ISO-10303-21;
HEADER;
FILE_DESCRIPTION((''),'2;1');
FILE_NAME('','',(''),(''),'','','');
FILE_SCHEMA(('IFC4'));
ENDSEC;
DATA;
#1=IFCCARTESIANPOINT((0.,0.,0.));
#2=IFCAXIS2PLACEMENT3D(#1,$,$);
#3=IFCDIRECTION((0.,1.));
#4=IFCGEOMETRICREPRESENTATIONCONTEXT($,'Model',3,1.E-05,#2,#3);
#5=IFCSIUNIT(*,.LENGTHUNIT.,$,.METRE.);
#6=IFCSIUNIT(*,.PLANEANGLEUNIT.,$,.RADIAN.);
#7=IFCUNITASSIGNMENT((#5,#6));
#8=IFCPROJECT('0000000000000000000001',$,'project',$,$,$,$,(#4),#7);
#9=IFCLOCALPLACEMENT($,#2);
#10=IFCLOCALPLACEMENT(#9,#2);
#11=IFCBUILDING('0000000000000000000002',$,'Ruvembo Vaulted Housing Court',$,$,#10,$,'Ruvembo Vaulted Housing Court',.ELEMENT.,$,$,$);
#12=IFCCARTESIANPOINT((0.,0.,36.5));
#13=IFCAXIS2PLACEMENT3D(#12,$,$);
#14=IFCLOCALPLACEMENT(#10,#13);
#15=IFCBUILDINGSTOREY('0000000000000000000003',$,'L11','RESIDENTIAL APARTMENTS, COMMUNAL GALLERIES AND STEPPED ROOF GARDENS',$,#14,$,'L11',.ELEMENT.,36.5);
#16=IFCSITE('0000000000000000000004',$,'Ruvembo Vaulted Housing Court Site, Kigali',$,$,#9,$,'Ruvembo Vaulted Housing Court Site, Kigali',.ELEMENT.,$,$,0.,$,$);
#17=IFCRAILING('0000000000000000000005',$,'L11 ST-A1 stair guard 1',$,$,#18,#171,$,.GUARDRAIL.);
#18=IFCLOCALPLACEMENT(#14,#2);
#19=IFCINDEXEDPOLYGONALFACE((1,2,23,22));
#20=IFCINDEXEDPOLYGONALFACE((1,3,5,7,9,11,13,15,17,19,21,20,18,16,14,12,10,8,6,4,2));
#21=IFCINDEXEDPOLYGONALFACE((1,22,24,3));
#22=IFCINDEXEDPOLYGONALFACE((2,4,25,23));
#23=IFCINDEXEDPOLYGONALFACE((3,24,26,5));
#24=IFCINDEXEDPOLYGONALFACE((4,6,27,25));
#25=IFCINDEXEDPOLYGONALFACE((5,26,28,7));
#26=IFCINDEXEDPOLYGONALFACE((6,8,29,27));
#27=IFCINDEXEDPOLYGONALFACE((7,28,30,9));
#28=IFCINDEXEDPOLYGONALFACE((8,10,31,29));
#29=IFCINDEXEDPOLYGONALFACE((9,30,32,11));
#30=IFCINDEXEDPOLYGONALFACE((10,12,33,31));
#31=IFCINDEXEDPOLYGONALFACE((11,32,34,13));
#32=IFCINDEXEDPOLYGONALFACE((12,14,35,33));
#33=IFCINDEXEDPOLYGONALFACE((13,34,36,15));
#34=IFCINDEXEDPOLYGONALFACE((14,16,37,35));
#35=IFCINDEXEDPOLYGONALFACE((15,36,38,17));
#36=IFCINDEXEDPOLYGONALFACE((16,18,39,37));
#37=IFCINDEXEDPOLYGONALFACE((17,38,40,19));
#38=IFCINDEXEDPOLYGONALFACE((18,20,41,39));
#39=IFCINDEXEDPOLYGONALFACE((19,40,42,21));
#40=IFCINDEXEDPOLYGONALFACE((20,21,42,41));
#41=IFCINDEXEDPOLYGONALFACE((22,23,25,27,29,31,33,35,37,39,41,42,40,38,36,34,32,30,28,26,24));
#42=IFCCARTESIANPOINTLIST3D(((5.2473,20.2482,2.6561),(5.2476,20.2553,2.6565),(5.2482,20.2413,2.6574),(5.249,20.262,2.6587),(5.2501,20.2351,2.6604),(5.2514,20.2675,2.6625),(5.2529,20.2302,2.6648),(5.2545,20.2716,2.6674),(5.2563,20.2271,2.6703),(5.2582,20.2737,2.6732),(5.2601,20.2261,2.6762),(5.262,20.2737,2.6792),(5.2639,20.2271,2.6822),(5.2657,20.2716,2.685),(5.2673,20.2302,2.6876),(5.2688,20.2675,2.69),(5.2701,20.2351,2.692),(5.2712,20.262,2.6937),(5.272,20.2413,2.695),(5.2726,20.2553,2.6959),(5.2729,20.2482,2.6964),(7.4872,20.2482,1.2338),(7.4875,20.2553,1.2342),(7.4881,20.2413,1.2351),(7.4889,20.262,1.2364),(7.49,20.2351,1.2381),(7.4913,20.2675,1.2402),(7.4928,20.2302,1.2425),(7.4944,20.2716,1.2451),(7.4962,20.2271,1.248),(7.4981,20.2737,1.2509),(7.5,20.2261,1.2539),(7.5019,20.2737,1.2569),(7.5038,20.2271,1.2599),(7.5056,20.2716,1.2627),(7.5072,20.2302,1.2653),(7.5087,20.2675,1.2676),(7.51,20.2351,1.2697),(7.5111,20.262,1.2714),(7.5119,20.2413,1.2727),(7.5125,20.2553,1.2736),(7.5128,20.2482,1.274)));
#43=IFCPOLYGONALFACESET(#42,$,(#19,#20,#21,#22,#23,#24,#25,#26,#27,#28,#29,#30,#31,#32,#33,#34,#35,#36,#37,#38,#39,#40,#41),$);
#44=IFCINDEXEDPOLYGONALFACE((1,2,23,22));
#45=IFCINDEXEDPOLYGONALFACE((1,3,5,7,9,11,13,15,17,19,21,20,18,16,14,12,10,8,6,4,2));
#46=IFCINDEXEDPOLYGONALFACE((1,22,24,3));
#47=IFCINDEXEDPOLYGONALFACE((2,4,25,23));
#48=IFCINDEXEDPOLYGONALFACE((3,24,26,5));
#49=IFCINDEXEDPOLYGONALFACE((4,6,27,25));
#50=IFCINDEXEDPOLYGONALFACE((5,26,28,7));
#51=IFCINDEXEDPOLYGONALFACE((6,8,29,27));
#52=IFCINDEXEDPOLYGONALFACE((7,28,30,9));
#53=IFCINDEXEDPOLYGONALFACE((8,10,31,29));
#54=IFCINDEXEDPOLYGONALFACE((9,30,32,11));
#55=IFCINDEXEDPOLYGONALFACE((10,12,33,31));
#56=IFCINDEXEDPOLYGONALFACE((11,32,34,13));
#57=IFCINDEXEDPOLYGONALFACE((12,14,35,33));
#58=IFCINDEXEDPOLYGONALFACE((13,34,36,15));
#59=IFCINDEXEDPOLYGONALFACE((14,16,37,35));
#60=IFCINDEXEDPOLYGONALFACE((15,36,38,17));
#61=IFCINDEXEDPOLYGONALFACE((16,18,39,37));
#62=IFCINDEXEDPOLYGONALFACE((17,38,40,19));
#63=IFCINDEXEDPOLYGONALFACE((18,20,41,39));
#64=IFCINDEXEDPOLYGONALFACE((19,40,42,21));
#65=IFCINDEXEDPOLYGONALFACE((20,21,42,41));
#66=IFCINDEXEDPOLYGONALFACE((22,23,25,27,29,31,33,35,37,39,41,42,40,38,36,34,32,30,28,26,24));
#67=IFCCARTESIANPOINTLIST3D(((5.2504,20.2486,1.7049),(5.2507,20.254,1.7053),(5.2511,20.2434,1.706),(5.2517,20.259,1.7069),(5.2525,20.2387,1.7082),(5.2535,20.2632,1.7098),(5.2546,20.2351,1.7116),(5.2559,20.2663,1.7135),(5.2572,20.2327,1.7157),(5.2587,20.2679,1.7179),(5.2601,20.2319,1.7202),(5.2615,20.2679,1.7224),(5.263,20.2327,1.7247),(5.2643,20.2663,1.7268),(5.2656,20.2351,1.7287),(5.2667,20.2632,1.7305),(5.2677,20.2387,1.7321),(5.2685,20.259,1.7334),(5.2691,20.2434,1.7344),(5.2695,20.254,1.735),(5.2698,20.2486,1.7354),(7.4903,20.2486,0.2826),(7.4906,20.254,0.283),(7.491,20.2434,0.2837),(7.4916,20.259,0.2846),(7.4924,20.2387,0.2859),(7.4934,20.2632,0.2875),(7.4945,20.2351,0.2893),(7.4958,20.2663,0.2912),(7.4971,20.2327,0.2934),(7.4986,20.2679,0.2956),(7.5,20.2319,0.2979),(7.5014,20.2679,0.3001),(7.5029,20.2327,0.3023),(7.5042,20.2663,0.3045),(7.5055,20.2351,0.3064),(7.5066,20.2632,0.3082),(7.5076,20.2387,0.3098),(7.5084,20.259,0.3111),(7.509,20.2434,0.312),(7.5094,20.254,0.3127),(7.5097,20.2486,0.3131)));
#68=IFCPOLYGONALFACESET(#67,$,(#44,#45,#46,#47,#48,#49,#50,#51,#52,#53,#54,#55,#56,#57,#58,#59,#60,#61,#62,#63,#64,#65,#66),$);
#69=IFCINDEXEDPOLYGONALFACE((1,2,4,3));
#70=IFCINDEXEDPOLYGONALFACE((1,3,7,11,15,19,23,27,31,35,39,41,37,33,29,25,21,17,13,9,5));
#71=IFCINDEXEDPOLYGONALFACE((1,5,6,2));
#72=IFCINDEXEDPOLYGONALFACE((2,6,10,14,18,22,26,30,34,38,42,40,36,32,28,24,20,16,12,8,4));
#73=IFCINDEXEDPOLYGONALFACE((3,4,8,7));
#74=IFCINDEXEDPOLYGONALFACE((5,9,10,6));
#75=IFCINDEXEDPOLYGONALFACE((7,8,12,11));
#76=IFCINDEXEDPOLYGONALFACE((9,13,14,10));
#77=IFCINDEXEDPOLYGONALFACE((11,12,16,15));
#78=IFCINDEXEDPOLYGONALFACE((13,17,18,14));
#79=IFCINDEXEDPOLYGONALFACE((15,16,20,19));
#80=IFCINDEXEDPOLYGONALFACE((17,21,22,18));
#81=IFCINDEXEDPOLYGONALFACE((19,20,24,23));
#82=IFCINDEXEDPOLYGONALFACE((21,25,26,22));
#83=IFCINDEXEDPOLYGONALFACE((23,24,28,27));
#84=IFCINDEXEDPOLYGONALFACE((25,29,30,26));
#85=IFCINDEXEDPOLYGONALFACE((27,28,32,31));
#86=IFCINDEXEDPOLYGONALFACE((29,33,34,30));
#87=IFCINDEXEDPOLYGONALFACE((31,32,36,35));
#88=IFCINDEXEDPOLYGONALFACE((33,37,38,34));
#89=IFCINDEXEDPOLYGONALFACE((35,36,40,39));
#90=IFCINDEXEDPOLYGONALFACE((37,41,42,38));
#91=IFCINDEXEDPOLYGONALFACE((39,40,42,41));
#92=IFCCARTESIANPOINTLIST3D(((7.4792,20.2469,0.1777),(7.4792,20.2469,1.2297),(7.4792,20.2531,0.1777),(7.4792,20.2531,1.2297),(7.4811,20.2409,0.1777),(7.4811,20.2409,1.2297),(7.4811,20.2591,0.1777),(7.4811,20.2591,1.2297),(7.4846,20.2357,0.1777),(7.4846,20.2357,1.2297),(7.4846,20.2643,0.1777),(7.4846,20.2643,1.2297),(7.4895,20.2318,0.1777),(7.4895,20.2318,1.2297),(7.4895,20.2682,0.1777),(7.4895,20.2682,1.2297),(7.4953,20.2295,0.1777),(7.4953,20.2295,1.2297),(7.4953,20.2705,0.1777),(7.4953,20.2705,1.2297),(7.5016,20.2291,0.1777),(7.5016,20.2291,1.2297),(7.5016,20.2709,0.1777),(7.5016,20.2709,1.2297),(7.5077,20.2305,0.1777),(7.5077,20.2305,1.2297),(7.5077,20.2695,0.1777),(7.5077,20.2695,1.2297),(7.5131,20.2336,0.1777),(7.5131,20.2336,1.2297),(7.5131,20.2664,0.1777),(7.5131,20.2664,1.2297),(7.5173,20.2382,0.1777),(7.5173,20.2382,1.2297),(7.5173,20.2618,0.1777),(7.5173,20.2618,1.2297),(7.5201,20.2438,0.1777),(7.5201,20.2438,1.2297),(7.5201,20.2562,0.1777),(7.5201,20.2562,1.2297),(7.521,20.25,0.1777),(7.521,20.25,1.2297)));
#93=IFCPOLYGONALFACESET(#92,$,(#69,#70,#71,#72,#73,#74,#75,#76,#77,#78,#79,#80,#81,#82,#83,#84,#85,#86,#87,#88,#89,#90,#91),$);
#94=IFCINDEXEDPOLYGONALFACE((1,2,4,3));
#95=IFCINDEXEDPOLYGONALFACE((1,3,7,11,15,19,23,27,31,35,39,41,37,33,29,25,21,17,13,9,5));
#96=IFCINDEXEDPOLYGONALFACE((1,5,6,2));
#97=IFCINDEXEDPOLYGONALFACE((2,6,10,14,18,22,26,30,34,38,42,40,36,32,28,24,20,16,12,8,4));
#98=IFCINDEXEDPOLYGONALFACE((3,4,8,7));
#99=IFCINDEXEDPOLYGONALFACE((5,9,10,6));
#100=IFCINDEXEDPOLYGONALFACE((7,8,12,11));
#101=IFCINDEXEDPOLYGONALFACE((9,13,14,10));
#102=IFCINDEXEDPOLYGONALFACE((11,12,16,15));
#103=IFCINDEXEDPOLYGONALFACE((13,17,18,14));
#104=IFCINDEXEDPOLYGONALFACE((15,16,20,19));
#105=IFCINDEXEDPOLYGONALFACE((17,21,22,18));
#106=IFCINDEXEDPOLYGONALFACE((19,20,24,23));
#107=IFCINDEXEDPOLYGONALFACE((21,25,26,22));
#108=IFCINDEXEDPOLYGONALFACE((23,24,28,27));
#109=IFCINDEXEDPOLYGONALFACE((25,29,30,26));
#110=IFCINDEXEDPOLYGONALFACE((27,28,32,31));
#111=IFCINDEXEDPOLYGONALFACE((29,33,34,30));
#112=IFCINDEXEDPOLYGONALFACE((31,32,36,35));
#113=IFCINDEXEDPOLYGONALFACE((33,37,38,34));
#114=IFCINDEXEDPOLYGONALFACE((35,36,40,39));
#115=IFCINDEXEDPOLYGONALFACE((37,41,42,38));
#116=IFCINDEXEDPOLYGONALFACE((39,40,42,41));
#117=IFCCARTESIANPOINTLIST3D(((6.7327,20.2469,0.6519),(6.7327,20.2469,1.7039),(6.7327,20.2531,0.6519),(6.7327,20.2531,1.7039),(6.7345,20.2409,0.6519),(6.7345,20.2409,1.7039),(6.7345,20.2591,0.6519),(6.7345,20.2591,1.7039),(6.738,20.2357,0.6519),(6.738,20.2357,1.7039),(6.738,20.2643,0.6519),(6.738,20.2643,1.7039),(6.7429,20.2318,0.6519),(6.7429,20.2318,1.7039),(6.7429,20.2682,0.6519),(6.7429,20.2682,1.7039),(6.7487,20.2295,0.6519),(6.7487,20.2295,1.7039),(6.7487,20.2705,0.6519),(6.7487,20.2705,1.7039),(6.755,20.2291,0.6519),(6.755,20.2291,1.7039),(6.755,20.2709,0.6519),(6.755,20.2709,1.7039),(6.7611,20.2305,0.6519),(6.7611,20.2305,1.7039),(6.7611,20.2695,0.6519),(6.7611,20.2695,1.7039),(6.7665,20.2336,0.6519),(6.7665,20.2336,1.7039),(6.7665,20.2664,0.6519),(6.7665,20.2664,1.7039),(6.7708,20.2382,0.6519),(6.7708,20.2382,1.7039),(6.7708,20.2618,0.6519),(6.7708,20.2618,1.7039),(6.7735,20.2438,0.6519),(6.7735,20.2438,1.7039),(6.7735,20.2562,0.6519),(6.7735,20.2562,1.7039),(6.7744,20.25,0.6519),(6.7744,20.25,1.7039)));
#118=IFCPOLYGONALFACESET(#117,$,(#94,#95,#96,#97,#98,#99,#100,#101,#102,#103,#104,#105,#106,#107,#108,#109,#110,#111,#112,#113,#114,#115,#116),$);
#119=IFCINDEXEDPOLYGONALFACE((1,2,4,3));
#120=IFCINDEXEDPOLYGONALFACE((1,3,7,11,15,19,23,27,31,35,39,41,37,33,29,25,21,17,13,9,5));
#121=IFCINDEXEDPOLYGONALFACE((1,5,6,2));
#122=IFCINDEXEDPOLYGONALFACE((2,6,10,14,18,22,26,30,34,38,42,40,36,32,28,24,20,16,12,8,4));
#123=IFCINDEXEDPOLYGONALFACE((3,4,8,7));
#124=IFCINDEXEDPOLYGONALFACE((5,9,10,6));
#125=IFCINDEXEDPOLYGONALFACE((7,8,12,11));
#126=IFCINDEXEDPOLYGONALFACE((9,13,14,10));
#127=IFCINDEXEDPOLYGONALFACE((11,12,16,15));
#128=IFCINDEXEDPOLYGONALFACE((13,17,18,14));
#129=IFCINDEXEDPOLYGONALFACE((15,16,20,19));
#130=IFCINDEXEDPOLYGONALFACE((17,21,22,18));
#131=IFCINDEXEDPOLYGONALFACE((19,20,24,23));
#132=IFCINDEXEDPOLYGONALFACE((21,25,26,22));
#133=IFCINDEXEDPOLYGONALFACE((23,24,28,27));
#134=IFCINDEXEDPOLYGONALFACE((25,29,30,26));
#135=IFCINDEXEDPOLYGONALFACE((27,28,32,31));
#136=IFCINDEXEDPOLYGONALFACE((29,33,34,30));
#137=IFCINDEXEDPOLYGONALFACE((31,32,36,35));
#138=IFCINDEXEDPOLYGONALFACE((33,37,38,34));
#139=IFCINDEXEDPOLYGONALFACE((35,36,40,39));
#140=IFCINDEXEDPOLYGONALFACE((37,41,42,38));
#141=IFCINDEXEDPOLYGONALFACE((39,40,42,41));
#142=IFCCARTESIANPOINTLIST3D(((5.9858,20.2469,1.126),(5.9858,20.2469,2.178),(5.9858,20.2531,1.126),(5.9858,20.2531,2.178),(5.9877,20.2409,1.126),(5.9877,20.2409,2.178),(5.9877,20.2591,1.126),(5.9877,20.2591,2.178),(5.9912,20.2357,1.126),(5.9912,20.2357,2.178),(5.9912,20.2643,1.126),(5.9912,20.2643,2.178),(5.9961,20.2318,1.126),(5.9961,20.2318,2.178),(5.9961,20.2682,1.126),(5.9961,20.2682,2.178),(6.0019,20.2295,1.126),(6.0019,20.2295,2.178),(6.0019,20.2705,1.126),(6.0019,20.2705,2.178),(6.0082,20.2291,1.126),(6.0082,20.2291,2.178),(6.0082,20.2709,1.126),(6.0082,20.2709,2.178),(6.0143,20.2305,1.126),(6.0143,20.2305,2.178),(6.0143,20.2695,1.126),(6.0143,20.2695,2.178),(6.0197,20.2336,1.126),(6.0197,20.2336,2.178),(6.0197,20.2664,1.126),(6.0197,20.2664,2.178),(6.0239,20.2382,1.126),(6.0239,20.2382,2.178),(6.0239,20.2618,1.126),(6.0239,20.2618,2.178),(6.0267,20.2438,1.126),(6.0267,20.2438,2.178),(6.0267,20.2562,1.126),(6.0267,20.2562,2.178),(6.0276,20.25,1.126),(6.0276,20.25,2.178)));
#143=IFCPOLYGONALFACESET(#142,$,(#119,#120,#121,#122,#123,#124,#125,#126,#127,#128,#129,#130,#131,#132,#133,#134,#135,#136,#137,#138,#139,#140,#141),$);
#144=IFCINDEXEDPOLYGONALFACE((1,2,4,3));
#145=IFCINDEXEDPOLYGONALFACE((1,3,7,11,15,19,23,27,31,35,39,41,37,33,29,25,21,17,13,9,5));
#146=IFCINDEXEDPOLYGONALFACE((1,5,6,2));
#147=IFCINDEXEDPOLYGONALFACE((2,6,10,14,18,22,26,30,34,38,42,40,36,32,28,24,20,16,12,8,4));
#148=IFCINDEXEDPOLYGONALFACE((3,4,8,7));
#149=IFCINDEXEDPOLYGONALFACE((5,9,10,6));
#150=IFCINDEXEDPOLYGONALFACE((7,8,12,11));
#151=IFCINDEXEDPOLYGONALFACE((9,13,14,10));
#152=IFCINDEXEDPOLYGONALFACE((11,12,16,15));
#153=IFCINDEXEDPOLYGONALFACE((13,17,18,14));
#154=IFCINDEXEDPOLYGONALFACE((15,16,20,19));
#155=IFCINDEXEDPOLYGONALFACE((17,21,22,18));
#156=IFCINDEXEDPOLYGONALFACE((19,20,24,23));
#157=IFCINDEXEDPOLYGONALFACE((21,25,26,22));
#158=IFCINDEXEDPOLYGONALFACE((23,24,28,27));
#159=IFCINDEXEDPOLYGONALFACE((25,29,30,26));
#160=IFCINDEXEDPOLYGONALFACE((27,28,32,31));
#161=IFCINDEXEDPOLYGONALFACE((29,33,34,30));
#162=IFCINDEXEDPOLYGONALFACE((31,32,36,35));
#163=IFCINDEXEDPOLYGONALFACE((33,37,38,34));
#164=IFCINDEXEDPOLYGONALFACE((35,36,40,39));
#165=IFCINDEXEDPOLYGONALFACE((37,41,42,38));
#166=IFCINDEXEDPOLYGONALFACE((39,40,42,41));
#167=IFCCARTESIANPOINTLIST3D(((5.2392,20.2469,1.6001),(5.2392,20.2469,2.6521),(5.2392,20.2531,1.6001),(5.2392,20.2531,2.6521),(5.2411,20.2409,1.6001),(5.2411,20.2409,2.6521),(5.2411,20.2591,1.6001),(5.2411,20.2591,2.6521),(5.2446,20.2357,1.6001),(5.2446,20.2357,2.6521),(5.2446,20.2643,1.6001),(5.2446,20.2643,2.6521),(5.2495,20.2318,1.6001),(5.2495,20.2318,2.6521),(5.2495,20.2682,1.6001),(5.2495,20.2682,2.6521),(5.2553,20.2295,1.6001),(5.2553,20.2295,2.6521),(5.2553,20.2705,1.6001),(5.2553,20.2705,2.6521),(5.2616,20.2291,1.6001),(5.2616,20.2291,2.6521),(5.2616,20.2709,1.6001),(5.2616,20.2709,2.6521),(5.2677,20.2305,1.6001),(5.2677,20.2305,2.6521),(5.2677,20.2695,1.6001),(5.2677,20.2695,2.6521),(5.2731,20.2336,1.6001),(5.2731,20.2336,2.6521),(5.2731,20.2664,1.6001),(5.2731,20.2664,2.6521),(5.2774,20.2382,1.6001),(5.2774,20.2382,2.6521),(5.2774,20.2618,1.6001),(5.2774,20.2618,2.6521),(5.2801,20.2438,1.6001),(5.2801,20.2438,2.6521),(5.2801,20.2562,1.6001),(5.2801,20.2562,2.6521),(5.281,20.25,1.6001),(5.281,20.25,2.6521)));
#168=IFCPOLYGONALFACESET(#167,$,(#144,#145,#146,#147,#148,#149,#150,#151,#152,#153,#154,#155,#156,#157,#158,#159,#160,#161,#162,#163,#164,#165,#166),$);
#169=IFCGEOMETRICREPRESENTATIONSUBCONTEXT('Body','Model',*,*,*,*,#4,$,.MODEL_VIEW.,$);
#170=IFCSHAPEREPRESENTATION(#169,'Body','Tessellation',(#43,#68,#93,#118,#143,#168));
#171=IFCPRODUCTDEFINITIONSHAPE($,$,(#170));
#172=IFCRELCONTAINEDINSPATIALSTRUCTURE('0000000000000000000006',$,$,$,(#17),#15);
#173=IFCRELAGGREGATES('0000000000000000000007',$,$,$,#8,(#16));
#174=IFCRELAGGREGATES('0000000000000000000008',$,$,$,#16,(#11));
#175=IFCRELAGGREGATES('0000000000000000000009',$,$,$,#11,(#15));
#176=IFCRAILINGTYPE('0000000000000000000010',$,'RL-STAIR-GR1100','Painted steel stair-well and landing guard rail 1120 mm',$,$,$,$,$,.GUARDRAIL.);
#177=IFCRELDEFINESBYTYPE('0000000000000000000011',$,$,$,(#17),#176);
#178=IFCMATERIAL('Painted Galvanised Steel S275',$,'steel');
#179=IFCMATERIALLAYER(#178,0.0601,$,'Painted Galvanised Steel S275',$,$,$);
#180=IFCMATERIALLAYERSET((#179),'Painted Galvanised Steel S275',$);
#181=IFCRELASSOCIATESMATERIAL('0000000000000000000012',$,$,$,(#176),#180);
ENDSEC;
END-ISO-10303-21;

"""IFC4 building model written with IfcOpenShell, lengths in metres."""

from ifc_helpers import new_model, si_unit, direction, frame, origin, origin_2d, place, context, subcontext, project, spatial, circle, extrude, material, layer, layer_set, type_object, element, save


model = new_model("IFC4")

# Units and contexts
model_context = context("Model", 3, precision=1e-05, world=origin(), true_north=direction((0.0, 1.0)))
body_context = subcontext(model_context, "Body", "Model", "MODEL_VIEW")
ifc_project = project(units=[si_unit("LENGTHUNIT", "METRE"), si_unit("PLANEANGLEUNIT", "RADIAN")], contexts=[model_context])

# Site, building, storey
site_placement = place(None, origin())
site = spatial("IfcSite", under=ifc_project, at=site_placement, Name="Ruvembo Vaulted Housing Court Site, Kigali", LongName="Ruvembo Vaulted Housing Court Site, Kigali", CompositionType="ELEMENT", RefElevation=0.0)
building_placement = place(site_placement, origin())
building = spatial("IfcBuilding", under=site, at=building_placement, Name="Ruvembo Vaulted Housing Court", LongName="Ruvembo Vaulted Housing Court", CompositionType="ELEMENT")
storey_placement = place(building_placement, frame((0.0, 0.0, 36.5)))
storey = spatial("IfcBuildingStorey", under=building, at=storey_placement, Name="L11", Description="RESIDENTIAL APARTMENTS, COMMUNAL GALLERIES AND STEPPED ROOF GARDENS", LongName="L11", CompositionType="ELEMENT", Elevation=36.5)

# Railing
ifc_material_1 = material(Name="Painted Galvanised Steel S275", Category="steel")
ifc_layer_1 = layer(ifc_material_1, 0.0601, Name="Painted Galvanised Steel S275")
ifc_layer_set_1 = layer_set([ifc_layer_1], Name="Painted Galvanised Steel S275")
railing_type_1 = type_object("IfcRailingType", Name="RL-STAIR-GR1100", Description="Painted steel stair-well and landing guard rail 1120 mm", PredefinedType="GUARDRAIL", material=ifc_layer_set_1)
railing_1_placement = place(storey_placement, frame((7.5, 20.25, 0.1777)))
element("IfcRailing", 1, at=railing_1_placement, inside=storey, type_object=railing_type_1, Name="L11 ST-A1 stair guard 1", PredefinedType="GUARDRAIL", context=body_context, shape_type="SweptSolid", body=[
    extrude(circle(Radius=0.0239, at=origin_2d()), frame((0.0, 0.0, 1.0762), z_axis=(-0.844188, 0.0, 0.536048), x_axis=(0.0, -1.0, 0.0)), (0.0, 0.0, 1.0), 2.6533),
    extrude(circle(Radius=0.0181, at=origin_2d()), frame((0.0, 0.0, 0.1201), z_axis=(-0.844188, 0.0, 0.536048), x_axis=(0.0, -1.0, 0.0)), (0.0, 0.0, 1.0), 2.6533),
    extrude(circle(Radius=0.021, at=origin_2d()), origin(), (0.0, 0.0, 1.0), 1.052),
    extrude(circle(Radius=0.021, at=origin_2d()), frame((-0.7466, 0.0, 0.4741)), (0.0, 0.0, 1.0), 1.052),
    extrude(circle(Radius=0.021, at=origin_2d()), frame((-1.4934, 0.0, 0.9482)), (0.0, 0.0, 1.0), 1.052),
    extrude(circle(Radius=0.021, at=origin_2d()), frame((-2.24, 0.0, 1.4224)), (0.0, 0.0, 1.0), 1.052),
])

save(model, "model.ifc")
